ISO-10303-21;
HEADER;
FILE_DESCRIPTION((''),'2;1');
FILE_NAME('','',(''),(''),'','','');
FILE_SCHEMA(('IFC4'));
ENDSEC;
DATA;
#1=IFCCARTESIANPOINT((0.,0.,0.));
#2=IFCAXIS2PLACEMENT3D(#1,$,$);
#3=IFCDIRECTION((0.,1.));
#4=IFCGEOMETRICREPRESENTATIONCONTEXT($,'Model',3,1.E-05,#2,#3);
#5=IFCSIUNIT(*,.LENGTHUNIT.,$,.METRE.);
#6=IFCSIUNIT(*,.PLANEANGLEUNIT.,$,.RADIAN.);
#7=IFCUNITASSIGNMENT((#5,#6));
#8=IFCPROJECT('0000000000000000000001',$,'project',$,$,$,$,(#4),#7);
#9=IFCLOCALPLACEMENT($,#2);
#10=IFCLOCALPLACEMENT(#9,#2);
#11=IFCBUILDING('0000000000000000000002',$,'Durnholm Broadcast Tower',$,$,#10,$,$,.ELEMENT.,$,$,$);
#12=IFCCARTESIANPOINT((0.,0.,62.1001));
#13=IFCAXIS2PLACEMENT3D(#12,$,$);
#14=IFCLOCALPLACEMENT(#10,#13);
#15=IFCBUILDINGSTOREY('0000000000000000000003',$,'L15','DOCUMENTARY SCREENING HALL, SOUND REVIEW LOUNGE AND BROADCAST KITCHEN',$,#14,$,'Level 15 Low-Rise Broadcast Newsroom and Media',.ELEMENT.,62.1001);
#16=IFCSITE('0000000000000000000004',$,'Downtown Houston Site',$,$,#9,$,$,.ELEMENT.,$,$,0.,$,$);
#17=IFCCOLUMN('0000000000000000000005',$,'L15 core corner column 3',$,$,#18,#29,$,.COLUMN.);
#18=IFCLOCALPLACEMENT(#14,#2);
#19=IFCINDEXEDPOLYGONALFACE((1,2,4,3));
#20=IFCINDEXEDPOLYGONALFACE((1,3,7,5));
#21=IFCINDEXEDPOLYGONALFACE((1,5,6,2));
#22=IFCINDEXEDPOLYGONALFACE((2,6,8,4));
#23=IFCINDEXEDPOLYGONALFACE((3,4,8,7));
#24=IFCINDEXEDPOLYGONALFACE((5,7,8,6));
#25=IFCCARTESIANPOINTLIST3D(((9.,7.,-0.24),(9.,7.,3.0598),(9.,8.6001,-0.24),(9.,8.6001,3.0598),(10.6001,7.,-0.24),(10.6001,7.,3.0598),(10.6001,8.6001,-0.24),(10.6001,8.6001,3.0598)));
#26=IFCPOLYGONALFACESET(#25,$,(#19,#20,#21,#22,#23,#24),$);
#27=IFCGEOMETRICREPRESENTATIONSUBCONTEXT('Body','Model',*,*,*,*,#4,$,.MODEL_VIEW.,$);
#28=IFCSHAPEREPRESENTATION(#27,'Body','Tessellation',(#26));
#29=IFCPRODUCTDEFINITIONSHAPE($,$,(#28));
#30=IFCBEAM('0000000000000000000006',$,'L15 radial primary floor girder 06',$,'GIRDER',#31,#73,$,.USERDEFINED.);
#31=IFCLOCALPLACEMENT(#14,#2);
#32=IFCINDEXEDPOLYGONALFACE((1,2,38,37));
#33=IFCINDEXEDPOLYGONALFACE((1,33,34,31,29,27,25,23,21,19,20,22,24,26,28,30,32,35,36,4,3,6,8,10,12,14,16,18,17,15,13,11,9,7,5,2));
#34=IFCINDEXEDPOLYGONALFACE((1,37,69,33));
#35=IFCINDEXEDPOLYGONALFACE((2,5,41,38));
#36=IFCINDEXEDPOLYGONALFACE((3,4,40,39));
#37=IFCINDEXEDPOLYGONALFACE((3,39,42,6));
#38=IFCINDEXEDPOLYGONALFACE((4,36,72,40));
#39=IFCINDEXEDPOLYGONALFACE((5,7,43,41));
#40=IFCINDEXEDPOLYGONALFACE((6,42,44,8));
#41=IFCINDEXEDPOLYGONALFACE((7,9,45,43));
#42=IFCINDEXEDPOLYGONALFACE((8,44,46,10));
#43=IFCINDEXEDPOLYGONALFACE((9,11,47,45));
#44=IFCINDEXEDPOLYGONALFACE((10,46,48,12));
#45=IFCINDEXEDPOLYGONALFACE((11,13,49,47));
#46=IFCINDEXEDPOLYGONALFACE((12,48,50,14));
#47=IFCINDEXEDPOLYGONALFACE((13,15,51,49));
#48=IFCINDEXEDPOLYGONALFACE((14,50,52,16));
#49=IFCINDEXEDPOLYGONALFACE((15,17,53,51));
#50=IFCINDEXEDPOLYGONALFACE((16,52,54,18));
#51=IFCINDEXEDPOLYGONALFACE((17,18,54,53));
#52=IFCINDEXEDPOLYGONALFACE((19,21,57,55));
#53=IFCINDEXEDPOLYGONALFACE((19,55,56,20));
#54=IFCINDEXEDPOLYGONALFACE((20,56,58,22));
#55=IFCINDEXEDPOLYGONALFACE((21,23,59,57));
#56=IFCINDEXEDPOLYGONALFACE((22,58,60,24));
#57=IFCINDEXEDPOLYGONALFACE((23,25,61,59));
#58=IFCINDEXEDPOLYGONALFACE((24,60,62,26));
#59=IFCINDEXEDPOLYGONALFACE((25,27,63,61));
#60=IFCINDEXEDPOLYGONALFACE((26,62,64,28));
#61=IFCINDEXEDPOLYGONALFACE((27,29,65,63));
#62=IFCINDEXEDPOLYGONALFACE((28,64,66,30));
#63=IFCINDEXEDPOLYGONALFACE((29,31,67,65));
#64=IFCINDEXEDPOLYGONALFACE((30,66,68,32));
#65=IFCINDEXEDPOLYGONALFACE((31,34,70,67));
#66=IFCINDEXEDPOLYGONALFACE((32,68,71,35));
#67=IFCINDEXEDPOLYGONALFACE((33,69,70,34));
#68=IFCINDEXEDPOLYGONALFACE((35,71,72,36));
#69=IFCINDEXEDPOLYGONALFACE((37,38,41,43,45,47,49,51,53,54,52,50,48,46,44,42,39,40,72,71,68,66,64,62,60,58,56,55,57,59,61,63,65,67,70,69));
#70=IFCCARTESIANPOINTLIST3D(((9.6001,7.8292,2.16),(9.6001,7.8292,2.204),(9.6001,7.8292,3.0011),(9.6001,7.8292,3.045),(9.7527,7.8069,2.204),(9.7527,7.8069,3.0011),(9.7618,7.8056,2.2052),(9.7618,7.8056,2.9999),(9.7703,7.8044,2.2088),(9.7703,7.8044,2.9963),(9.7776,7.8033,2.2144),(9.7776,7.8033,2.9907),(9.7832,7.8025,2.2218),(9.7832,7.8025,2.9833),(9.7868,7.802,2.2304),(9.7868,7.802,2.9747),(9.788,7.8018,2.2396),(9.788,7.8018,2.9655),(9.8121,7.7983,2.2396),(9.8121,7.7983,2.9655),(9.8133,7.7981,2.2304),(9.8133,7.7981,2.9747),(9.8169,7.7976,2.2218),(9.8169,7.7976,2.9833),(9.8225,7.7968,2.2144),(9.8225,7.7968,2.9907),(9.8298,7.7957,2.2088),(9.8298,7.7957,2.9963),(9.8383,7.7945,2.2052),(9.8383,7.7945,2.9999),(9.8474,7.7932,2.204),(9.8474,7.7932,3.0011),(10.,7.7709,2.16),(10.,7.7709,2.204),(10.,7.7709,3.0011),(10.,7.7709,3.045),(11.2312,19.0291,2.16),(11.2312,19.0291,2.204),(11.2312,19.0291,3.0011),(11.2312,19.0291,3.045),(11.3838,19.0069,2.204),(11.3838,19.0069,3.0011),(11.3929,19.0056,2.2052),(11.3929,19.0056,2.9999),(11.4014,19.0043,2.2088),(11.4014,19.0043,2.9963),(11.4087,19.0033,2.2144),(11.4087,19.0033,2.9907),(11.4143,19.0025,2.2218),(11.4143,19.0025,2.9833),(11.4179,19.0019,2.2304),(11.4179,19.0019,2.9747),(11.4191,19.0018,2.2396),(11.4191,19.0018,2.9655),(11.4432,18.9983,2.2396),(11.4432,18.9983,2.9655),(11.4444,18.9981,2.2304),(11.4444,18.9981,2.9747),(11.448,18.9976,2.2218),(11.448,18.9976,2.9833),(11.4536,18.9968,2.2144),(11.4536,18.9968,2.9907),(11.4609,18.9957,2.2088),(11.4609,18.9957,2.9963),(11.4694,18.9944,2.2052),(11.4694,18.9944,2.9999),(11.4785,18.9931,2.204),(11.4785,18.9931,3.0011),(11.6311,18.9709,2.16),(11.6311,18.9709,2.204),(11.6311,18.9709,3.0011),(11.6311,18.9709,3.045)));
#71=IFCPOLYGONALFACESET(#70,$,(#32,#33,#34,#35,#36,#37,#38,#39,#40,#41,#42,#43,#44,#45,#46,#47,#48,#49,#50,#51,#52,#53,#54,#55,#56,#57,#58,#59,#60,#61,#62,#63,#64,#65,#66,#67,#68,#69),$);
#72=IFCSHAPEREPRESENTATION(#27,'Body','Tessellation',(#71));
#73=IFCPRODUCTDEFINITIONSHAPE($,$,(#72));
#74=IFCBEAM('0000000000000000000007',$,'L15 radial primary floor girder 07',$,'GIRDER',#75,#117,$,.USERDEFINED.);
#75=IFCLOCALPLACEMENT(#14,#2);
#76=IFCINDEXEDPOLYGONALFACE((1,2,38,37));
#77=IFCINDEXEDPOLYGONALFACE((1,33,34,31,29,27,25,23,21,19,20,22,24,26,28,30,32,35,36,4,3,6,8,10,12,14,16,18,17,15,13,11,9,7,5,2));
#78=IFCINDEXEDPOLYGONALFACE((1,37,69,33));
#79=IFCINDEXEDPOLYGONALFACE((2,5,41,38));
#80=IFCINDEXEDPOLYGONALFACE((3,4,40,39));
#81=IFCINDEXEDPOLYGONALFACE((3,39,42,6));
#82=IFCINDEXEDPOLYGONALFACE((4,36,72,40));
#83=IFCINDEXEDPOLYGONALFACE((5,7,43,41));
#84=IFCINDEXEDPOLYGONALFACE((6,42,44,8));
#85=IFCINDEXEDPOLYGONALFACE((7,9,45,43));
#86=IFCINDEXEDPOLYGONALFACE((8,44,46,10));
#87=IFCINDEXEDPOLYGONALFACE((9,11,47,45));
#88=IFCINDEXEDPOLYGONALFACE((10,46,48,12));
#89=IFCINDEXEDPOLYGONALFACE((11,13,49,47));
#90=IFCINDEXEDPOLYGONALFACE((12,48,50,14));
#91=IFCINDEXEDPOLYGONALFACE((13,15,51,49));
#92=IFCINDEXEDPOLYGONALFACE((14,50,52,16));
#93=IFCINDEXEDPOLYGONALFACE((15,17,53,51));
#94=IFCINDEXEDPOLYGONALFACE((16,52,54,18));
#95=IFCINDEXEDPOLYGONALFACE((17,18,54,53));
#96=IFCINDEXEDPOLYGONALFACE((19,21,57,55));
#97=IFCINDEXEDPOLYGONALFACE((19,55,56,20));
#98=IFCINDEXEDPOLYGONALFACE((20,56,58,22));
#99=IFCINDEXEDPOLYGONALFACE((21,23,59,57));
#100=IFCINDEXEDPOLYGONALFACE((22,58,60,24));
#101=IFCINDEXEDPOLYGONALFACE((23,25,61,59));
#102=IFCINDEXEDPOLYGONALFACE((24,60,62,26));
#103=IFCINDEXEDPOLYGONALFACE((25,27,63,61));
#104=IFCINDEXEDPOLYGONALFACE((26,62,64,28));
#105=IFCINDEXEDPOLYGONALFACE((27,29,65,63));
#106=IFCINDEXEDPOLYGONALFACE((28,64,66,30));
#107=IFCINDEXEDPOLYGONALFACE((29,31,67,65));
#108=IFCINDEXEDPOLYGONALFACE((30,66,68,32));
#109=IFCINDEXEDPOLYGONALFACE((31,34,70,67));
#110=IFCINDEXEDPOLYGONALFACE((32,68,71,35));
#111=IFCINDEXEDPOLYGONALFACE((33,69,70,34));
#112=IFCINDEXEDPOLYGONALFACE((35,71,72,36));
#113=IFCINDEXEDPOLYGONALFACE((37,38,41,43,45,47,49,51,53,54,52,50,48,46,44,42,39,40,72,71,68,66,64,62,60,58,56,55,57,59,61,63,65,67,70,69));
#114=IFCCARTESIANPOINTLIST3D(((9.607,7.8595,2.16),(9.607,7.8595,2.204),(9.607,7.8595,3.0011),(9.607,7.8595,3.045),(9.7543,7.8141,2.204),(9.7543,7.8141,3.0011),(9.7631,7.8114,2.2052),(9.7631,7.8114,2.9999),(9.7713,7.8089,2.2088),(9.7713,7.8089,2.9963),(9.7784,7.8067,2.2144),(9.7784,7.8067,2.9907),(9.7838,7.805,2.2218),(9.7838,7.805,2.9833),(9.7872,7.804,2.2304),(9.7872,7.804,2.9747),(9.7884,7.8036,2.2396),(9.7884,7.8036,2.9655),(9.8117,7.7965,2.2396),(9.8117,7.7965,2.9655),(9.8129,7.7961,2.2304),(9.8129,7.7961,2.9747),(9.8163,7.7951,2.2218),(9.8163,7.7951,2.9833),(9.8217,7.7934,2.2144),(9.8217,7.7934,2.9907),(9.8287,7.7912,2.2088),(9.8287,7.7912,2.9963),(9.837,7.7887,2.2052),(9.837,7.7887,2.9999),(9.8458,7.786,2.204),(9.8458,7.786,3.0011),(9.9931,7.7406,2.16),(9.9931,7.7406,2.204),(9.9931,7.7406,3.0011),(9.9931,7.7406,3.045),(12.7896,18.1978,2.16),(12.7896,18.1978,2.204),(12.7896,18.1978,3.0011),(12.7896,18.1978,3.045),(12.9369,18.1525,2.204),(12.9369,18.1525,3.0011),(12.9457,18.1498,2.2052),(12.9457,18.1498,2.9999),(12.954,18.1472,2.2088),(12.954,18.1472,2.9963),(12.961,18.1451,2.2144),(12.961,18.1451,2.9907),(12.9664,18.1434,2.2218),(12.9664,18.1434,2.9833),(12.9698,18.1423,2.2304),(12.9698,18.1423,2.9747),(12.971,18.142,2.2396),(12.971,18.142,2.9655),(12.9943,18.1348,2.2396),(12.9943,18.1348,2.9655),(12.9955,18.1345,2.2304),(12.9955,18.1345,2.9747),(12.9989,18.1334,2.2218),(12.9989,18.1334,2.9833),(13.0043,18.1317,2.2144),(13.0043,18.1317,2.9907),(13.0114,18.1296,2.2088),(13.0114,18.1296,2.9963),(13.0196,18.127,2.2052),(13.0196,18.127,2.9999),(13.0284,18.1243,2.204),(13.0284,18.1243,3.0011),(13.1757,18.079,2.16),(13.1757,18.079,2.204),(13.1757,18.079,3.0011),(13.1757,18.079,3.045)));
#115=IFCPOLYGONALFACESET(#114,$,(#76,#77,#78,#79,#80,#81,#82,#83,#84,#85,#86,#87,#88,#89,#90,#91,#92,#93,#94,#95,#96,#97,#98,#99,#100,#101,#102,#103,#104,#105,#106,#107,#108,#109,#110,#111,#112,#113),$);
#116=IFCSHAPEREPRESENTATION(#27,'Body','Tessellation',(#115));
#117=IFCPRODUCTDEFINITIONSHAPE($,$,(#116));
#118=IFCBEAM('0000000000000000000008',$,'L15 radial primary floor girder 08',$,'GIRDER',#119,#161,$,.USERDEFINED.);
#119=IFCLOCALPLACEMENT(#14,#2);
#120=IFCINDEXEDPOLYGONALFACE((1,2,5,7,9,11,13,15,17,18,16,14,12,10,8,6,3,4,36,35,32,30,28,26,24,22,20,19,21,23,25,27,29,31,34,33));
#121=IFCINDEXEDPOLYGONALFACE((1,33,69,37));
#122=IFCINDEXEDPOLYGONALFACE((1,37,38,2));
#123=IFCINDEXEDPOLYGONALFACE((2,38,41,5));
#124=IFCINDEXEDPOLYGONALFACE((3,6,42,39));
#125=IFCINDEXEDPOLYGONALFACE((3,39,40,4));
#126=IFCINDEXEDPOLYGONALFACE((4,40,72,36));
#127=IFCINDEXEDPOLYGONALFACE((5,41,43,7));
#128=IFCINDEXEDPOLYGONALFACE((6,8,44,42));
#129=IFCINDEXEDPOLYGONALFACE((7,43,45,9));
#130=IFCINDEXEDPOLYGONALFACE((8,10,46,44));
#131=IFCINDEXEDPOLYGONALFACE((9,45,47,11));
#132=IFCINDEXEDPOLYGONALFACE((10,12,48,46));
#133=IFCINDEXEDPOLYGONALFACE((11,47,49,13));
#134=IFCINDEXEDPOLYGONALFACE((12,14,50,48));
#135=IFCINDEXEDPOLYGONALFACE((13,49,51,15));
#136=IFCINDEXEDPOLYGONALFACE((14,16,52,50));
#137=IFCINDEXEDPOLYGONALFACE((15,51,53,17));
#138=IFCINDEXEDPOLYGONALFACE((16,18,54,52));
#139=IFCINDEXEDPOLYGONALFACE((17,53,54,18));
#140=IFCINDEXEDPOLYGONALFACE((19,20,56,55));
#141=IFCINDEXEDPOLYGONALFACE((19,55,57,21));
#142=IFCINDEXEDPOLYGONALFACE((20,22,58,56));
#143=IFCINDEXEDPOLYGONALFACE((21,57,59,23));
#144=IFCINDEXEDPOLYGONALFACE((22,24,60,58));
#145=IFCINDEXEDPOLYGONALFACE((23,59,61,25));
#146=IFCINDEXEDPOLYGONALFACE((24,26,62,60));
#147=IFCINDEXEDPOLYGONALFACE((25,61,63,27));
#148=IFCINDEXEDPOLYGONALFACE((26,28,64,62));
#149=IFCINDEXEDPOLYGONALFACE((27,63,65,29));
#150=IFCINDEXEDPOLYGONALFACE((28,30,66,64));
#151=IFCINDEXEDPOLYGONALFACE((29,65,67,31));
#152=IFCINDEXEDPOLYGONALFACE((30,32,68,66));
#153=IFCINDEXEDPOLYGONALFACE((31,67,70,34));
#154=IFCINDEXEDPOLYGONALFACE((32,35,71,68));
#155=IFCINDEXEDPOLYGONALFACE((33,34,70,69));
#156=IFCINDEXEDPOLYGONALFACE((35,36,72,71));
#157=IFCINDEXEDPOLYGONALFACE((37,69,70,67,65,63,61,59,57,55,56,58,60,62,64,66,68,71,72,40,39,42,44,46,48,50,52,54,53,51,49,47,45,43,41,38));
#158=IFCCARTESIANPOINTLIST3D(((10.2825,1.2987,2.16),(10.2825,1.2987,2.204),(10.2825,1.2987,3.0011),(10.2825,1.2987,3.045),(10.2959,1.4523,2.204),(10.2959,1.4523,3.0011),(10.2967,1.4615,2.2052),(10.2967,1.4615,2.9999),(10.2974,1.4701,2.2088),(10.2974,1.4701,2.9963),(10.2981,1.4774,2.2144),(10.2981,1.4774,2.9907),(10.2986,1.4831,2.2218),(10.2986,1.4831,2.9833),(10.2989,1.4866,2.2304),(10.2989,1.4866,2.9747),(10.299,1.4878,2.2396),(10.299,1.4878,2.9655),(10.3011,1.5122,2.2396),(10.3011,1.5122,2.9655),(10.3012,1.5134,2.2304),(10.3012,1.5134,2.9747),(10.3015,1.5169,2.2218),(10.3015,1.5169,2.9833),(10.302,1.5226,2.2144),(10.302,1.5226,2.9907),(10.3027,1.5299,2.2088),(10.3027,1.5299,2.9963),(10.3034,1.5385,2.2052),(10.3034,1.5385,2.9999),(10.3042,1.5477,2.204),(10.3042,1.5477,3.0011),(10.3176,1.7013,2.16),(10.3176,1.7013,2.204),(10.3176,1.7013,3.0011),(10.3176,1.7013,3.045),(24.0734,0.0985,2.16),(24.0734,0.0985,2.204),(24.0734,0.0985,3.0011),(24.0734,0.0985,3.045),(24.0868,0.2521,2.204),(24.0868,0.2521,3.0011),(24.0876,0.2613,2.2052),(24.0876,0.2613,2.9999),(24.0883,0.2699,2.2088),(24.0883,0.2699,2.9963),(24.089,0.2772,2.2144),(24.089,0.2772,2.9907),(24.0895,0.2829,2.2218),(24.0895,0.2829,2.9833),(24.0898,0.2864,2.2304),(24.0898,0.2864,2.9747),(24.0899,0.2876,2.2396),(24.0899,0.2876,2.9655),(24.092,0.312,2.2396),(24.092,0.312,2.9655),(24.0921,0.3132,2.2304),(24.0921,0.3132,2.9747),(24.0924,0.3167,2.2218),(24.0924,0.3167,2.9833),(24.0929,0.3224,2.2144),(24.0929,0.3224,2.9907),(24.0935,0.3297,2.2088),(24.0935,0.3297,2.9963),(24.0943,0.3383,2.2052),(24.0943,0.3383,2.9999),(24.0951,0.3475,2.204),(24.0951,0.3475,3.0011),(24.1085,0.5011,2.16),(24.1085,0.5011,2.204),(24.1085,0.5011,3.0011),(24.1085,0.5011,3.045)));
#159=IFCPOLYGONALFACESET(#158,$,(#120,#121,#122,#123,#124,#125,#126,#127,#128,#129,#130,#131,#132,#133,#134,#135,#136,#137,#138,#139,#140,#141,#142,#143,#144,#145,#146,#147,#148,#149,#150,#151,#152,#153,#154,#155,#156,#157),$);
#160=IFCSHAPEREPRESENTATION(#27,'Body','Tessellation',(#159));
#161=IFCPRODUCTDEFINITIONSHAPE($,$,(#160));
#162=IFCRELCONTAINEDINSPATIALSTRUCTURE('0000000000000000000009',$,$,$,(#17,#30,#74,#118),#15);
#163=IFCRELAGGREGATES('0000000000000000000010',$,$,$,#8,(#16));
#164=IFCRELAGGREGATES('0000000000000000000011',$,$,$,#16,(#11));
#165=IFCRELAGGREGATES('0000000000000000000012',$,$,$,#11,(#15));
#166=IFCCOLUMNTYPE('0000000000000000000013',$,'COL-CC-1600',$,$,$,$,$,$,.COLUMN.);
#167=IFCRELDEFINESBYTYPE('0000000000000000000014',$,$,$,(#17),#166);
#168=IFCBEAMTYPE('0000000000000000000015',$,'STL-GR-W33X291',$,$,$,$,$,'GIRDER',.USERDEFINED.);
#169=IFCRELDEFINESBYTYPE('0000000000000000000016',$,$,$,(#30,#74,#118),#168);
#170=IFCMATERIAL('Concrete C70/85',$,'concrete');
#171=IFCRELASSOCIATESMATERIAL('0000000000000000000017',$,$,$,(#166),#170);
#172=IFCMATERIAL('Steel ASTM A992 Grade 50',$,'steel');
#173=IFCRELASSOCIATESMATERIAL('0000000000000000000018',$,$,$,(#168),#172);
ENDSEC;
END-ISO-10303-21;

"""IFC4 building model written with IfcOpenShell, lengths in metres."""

from ifc_helpers import new_model, si_unit, direction, frame, origin, origin_2d, place, context, subcontext, project, spatial, rectangle, i_section, extrude, source, transform, mapped, material, material_profile, profile_set, type_object, type_shapes, element, save


model = new_model("IFC4")

# Units and contexts
model_context = context("Model", 3, precision=1e-05, world=origin(), true_north=direction((0.0, 1.0)))
body_context = subcontext(model_context, "Body", "Model", "MODEL_VIEW")
ifc_project = project(units=[si_unit("LENGTHUNIT", "METRE"), si_unit("PLANEANGLEUNIT", "RADIAN")], contexts=[model_context])

# Site, building, storey
site_placement = place(None, origin())
site = spatial("IfcSite", under=ifc_project, at=site_placement, Name="Downtown Houston Site", CompositionType="ELEMENT", RefElevation=0.0)
building_placement = place(site_placement, origin())
building = spatial("IfcBuilding", under=site, at=building_placement, Name="Durnholm Broadcast Tower", CompositionType="ELEMENT")
storey_placement = place(building_placement, frame((0.0, 0.0, 62.1001)))
storey = spatial("IfcBuildingStorey", under=building, at=storey_placement, Name="L15", Description="DOCUMENTARY SCREENING HALL, SOUND REVIEW LOUNGE AND BROADCAST KITCHEN", LongName="Level 15 Low-Rise Broadcast Newsroom and Media", CompositionType="ELEMENT", Elevation=62.1001)

# Column
ifc_material_1 = material(Name="Concrete C70/85", Category="concrete")
ifc_material_profile_1 = material_profile(ifc_material_1, rectangle(XDim=1.6001, YDim=1.6001, at=origin_2d()), Name="RC1600X1600")
ifc_profile_set_1 = profile_set([ifc_material_profile_1], Name="Concrete C70/85")
column_type = type_object("IfcColumnType", Name="COL-CC-1600", PredefinedType="COLUMN", material=ifc_profile_set_1)
shared_shape_1 = source(origin(), body_context, "Body", "SweptSolid", [
    extrude(rectangle(XDim=1.6001, YDim=1.6001, at=origin_2d()), origin(), (0.0, 0.0, 1.0), 3.2998),
])
type_shapes(column_type, [shared_shape_1])
column_placement = place(storey_placement, frame((9.8, 7.8, -0.24), z_axis=(0.0, 0.0, 1.0), x_axis=(1.0, 0.0, 0.0)))
element("IfcColumn", 1, at=column_placement, inside=storey, type_object=column_type, Name="L15 core corner column 3", PredefinedType="COLUMN", context=body_context, shape_type="MappedRepresentation", body=[
    mapped(shared_shape_1, transform((0.0, 0.0, 0.0), x_axis=(1.0, 0.0, 0.0), y_axis=(0.0, 1.0, 0.0), z_axis=(0.0, 0.0, 1.0), scale=1.0)),
])

# Beams
ifc_material_2 = material(Name="Steel ASTM A992 Grade 50", Category="steel")
ifc_material_profile_2 = material_profile(ifc_material_2, i_section(OverallWidth=0.4041, OverallDepth=0.885, WebThickness=0.0244, FlangeThickness=0.0439, FilletRadius=0.0356, at=origin_2d()), Name="W33X291")
ifc_profile_set_2 = profile_set([ifc_material_profile_2], Name="Steel ASTM A992 Grade 50")
beam_type_1 = type_object("IfcBeamType", Name="STL-GR-W33X291", ElementType="GIRDER", PredefinedType="USERDEFINED", material=ifc_profile_set_2)
shared_shape_2 = source(origin(), body_context, "Body", "SweptSolid", [
    extrude(i_section(OverallWidth=0.4041, OverallDepth=0.885, WebThickness=0.0244, FlangeThickness=0.0439, FilletRadius=0.0356, at=origin_2d()), origin(), (0.0, 0.0, 1.0), 11.3181),
])
beam_1_placement = place(storey_placement, frame((9.8, 7.8, 2.6025), z_axis=(0.144115, 0.989561, 0.0), x_axis=(-0.989561, 0.144115, 0.0)))
element("IfcBeam", 2, at=beam_1_placement, inside=storey, type_object=beam_type_1, Name="L15 radial primary floor girder 06", ObjectType="GIRDER", PredefinedType="USERDEFINED", context=body_context, shape_type="MappedRepresentation", body=[
    mapped(shared_shape_2, transform((0.0, 0.0, 0.0), x_axis=(1.0, 0.0, 0.0), y_axis=(0.0, 1.0, 0.0), z_axis=(0.0, 0.0, 1.0), scale=1.0)),
])
shared_shape_3 = source(origin(), body_context, "Body", "SweptSolid", [
    extrude(i_section(OverallWidth=0.4041, OverallDepth=0.885, WebThickness=0.0244, FlangeThickness=0.0439, FilletRadius=0.0356, at=origin_2d()), origin(), (0.0, 0.0, 1.0), 10.8171),
])
beam_2_placement = place(storey_placement, frame((9.8, 7.8, 2.6025), z_axis=(0.294219, 0.955738, 0.0), x_axis=(-0.955738, 0.294219, 0.0)))
element("IfcBeam", 3, at=beam_2_placement, inside=storey, type_object=beam_type_1, Name="L15 radial primary floor girder 07", ObjectType="GIRDER", PredefinedType="USERDEFINED", context=body_context, shape_type="MappedRepresentation", body=[
    mapped(shared_shape_3, transform((0.0, 0.0, 0.0), x_axis=(1.0, 0.0, 0.0), y_axis=(0.0, 1.0, 0.0), z_axis=(0.0, 0.0, 1.0), scale=1.0)),
])
shared_shape_4 = source(origin(), body_context, "Body", "SweptSolid", [
    extrude(i_section(OverallWidth=0.4041, OverallDepth=0.885, WebThickness=0.0244, FlangeThickness=0.0439, FilletRadius=0.0356, at=origin_2d()), origin(), (0.0, 0.0, 1.0), 13.843),
])
beam_3_placement = place(storey_placement, frame((10.3, 1.5, 2.6025), z_axis=(0.996234, -0.086701, 0.0), x_axis=(0.086701, 0.996234, 0.0)))
element("IfcBeam", 4, at=beam_3_placement, inside=storey, type_object=beam_type_1, Name="L15 radial primary floor girder 08", ObjectType="GIRDER", PredefinedType="USERDEFINED", context=body_context, shape_type="MappedRepresentation", body=[
    mapped(shared_shape_4, transform((0.0, 0.0, 0.0), x_axis=(1.0, 0.0, 0.0), y_axis=(0.0, 1.0, 0.0), z_axis=(0.0, 0.0, 1.0), scale=1.0)),
])

save(model, "model.ifc")
